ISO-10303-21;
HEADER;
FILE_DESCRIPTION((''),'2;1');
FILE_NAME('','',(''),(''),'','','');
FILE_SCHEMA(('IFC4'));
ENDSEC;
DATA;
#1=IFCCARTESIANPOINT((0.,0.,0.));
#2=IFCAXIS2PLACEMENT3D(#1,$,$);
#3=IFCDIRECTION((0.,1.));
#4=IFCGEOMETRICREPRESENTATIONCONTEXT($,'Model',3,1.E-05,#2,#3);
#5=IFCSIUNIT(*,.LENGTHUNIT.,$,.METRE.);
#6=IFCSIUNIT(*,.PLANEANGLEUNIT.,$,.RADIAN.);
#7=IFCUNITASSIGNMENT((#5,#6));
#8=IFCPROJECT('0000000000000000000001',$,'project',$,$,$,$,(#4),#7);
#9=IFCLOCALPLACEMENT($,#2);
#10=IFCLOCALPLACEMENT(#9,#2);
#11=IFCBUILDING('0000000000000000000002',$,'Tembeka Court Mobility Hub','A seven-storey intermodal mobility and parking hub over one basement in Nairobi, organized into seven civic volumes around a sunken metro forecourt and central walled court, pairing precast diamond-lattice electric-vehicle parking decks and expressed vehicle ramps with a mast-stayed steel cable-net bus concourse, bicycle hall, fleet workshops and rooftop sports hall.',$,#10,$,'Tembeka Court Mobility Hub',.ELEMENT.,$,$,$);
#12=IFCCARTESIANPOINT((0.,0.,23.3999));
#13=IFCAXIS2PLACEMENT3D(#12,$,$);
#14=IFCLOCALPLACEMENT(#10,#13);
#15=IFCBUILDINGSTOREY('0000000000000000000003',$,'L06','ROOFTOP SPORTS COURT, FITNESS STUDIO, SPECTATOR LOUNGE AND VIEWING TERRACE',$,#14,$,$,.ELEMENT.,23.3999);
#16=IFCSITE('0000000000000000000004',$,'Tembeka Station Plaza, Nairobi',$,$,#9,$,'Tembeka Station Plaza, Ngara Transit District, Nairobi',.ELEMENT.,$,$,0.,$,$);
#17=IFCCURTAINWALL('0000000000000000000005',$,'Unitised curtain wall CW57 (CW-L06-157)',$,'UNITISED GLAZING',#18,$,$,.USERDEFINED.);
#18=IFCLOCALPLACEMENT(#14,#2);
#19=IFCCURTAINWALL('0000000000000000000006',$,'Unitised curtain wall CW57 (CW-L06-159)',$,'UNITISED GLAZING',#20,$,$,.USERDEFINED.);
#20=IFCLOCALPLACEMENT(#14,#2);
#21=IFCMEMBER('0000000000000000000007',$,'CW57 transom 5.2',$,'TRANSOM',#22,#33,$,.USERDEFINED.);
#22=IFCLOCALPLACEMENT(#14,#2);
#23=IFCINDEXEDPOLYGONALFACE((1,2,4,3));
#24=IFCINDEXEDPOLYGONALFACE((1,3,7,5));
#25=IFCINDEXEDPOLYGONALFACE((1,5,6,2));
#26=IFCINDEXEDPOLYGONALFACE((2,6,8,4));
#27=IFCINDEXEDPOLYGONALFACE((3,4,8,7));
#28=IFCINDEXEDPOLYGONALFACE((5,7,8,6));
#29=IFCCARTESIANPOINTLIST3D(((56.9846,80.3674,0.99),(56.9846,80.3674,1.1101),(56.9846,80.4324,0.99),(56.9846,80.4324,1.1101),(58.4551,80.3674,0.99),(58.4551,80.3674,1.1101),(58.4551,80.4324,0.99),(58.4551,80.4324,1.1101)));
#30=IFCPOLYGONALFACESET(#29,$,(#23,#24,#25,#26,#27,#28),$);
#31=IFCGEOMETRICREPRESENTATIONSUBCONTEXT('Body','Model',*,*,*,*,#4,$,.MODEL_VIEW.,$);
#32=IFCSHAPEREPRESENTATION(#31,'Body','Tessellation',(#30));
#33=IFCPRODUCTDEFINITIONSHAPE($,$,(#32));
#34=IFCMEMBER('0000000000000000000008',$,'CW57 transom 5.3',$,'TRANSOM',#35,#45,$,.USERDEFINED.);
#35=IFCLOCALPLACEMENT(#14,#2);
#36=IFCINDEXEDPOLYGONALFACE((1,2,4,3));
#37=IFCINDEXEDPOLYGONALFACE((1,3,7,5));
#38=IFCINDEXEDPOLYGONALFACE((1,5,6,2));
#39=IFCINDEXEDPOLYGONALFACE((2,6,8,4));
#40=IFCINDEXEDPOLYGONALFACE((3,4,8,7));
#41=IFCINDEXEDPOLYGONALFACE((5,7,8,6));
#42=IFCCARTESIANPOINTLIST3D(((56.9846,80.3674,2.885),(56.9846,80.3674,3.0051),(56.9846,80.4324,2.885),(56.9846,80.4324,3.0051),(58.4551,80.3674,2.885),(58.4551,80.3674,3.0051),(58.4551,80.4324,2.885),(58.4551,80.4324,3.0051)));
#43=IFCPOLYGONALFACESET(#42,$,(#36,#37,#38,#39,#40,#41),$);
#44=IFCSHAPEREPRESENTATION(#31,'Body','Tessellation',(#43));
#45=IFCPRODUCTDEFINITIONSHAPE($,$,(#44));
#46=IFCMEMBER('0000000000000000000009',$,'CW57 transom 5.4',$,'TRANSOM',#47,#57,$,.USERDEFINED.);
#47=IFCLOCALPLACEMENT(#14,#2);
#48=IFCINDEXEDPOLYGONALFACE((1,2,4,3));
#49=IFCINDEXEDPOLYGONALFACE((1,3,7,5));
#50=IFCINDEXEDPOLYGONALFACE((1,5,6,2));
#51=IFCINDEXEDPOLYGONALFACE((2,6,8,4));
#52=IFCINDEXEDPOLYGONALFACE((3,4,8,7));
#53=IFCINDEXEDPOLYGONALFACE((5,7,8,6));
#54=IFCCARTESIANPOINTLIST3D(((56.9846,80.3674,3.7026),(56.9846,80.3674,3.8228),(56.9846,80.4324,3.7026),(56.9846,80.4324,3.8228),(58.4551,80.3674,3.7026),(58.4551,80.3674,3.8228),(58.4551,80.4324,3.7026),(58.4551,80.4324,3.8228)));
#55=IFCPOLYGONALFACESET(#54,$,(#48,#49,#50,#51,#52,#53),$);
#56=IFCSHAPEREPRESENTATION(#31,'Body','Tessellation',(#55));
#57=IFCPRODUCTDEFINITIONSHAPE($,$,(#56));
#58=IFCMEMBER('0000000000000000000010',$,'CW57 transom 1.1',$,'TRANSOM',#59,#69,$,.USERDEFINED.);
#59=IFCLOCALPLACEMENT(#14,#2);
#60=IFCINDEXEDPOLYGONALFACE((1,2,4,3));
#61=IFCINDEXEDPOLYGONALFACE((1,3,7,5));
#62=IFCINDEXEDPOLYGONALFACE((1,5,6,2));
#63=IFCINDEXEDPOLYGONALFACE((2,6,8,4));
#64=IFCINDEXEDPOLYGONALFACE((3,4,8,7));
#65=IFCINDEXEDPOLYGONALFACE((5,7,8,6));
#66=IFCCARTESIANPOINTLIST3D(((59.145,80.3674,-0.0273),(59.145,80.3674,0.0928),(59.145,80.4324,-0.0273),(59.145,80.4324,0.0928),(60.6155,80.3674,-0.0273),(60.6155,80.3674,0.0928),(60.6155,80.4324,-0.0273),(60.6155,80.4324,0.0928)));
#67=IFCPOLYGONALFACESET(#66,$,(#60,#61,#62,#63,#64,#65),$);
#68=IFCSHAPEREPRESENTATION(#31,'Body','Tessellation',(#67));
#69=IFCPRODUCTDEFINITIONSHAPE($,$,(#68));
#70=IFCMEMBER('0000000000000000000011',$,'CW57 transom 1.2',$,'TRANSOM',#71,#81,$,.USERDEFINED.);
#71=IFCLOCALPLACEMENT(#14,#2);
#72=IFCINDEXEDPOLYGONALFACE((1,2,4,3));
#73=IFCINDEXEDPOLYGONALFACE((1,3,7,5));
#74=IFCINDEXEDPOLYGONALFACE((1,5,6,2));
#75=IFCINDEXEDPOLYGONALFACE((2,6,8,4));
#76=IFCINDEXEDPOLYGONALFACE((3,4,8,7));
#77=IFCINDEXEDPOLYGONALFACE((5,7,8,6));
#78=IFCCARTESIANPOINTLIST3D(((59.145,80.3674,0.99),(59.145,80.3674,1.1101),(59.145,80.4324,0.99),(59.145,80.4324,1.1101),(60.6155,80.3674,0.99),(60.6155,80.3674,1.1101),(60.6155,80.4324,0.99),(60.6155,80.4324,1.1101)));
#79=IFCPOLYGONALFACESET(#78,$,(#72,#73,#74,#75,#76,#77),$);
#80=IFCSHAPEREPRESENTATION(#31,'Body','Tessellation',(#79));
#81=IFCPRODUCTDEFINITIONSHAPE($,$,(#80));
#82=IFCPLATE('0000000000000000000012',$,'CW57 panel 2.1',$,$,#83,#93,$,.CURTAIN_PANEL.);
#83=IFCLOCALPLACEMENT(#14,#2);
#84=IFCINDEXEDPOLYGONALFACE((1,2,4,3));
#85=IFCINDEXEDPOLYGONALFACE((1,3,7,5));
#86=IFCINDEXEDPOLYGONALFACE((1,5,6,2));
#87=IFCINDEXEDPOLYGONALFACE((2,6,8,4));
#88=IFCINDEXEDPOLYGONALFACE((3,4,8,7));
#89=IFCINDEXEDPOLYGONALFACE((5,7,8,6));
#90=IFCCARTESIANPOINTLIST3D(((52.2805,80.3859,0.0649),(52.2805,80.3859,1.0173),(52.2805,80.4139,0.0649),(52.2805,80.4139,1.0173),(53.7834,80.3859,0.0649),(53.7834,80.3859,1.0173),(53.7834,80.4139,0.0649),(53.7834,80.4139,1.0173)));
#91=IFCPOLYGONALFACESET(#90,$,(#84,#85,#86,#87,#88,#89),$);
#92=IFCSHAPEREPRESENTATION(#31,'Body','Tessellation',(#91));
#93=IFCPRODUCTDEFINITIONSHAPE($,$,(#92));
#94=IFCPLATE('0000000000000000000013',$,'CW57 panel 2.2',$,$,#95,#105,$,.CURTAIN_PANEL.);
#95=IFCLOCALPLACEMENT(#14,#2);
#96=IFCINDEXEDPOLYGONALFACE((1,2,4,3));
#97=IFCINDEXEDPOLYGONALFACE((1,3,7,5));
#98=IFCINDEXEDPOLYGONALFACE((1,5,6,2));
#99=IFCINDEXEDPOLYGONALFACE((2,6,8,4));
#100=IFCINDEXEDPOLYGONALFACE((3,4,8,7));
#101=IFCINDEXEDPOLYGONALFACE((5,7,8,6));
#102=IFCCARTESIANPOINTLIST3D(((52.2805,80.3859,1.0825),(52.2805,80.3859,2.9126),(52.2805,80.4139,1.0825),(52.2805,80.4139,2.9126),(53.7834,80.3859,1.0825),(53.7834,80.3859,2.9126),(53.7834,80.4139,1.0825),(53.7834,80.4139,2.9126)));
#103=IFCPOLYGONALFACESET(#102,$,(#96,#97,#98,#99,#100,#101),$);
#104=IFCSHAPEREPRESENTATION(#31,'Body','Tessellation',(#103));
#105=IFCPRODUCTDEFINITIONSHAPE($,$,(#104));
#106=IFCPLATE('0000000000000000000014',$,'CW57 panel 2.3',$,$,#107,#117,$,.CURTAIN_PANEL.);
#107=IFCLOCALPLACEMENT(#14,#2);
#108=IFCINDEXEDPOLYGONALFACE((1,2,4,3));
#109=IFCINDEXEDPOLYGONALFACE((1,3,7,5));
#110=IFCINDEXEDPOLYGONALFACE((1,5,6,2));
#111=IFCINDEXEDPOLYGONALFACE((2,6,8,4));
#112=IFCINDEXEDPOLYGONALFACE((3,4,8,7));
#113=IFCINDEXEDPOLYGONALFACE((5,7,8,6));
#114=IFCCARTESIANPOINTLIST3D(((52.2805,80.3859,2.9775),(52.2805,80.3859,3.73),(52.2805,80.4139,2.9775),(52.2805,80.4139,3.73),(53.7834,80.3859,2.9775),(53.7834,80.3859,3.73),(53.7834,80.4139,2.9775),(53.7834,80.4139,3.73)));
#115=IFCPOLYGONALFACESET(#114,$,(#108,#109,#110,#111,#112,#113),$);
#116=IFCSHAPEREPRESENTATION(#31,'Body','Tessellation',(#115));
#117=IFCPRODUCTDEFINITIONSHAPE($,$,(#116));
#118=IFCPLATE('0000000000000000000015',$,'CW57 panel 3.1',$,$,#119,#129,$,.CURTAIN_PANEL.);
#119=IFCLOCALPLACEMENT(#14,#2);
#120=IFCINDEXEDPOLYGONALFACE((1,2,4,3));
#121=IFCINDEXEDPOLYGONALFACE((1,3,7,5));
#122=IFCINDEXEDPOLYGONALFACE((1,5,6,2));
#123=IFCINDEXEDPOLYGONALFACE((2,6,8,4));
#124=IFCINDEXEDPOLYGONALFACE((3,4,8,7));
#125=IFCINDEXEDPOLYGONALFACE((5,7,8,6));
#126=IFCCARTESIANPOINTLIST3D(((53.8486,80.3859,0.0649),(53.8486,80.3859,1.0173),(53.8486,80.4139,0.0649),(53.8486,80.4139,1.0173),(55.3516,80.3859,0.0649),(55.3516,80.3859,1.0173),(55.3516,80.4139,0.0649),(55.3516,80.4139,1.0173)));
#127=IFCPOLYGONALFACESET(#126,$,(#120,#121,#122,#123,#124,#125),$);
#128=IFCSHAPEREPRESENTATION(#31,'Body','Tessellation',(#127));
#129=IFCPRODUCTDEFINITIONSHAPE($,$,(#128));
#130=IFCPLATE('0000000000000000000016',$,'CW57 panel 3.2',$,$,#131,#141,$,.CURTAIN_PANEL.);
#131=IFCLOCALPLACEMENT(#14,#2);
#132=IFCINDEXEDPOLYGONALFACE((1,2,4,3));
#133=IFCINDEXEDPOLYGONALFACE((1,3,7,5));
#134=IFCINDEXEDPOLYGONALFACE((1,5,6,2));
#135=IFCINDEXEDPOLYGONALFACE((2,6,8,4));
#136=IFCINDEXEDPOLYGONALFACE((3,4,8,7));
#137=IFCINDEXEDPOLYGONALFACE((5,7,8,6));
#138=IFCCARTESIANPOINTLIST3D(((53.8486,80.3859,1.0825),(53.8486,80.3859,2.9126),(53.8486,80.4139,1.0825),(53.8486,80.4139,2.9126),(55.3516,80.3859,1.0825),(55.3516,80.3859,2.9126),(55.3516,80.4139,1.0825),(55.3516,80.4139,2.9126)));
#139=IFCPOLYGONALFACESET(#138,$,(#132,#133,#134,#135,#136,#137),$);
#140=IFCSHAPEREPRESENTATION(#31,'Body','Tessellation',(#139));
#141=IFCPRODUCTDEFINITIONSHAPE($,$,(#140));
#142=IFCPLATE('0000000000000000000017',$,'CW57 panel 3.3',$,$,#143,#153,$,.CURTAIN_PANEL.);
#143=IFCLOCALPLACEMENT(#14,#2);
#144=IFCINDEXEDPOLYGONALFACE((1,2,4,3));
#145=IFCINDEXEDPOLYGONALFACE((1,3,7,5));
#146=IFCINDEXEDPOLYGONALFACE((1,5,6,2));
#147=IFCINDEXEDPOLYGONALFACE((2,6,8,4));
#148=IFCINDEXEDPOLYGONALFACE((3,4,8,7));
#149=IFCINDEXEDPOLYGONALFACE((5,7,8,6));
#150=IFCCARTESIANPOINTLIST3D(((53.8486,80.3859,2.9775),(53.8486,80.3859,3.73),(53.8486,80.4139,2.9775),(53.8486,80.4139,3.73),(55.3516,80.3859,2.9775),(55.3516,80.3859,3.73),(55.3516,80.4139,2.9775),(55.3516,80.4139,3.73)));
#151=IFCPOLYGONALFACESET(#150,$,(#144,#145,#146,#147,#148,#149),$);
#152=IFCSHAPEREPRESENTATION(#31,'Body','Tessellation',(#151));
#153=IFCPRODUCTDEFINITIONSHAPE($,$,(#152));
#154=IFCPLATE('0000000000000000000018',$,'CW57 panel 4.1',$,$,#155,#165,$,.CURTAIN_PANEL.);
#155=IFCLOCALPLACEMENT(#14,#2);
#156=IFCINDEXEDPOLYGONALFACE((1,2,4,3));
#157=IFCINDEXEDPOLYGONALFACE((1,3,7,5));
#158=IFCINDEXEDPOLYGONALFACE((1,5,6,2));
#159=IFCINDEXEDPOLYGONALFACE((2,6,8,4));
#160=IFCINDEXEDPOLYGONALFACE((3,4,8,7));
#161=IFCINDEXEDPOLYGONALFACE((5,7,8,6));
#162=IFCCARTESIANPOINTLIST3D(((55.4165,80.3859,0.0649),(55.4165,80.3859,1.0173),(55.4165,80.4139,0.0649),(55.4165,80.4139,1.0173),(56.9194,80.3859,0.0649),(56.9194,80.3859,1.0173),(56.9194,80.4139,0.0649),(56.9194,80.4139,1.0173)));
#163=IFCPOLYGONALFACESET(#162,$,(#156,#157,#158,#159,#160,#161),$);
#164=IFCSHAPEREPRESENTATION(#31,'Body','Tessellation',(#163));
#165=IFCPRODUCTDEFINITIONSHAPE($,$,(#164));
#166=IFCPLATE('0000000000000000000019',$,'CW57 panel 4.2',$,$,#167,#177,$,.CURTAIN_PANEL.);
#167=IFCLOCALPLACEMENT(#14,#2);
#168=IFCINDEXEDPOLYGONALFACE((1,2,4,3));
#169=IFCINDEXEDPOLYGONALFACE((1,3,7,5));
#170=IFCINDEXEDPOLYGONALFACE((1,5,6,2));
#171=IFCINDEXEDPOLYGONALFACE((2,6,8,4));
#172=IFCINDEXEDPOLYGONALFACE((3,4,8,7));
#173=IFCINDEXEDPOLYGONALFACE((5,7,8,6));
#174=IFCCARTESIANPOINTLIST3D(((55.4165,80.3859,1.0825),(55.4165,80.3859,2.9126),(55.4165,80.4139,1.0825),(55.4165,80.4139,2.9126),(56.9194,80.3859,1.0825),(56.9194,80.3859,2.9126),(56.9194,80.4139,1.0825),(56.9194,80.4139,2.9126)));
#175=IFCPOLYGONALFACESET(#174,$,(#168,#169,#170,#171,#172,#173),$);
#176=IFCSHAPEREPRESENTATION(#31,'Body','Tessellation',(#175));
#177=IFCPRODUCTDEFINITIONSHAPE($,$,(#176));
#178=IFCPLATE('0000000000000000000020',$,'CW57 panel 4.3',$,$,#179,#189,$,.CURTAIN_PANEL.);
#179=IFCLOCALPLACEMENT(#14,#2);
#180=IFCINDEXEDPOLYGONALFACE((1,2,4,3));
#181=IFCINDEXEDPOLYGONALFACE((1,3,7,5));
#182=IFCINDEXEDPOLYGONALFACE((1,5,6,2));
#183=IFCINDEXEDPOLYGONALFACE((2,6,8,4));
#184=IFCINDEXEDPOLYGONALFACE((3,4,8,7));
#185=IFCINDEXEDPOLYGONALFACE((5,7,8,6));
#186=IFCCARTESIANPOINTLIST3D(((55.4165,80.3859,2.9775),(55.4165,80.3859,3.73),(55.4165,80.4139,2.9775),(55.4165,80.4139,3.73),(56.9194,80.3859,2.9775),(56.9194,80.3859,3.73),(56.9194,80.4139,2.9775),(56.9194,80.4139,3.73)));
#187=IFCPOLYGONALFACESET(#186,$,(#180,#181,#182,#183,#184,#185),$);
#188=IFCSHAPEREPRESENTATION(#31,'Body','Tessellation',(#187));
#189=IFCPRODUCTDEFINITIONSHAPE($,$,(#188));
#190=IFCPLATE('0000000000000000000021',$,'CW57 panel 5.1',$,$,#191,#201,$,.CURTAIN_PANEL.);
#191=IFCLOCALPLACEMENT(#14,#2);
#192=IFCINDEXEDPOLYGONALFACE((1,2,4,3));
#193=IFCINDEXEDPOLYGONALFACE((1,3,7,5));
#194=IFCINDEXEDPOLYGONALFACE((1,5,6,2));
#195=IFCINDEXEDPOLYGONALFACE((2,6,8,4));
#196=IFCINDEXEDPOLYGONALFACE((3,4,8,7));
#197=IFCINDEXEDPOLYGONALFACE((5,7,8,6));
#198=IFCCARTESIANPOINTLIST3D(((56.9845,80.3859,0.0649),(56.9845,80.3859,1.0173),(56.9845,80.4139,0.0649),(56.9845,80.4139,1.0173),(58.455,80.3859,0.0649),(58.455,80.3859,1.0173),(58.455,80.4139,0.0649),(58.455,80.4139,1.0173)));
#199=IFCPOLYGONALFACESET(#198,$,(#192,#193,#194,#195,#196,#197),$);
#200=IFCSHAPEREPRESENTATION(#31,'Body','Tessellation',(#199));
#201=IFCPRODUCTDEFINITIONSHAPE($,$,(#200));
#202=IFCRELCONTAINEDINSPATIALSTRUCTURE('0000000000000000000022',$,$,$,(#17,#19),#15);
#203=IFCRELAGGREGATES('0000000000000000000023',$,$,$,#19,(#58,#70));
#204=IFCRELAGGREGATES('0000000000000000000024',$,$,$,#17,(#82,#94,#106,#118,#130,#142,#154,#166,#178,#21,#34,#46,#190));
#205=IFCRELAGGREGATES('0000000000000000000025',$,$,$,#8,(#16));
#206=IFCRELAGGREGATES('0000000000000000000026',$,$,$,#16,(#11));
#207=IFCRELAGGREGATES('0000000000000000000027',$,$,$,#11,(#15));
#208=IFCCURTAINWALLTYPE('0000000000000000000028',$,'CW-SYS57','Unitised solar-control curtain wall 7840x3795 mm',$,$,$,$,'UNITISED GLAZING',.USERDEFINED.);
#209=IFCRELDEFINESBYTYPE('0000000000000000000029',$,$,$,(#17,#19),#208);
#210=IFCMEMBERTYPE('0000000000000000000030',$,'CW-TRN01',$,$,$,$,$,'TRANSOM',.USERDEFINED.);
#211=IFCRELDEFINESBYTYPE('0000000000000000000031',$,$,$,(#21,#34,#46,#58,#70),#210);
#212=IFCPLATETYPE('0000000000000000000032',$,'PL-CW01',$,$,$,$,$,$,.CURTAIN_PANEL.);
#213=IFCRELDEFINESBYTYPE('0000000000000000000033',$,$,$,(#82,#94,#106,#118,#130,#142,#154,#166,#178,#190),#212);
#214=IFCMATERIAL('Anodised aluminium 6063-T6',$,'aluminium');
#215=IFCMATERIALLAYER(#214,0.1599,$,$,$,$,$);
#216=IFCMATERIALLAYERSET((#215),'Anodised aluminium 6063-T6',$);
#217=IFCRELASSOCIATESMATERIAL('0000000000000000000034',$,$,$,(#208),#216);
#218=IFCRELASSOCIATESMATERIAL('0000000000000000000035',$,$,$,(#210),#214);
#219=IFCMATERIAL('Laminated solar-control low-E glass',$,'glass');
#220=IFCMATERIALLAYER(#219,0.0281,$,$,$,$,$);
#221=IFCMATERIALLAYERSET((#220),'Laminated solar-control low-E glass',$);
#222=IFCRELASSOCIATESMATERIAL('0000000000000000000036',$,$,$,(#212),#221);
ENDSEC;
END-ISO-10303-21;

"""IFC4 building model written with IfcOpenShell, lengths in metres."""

from ifc_helpers import new_model, si_unit, direction, frame, origin, origin_2d, place, context, subcontext, project, spatial, rectangle, extrude, material, layer, layer_set, material_profile, profile_set, type_object, element, aggregate, save


model = new_model("IFC4")

# Units and contexts
model_context = context("Model", 3, precision=1e-05, world=origin(), true_north=direction((0.0, 1.0)))
body_context = subcontext(model_context, "Body", "Model", "MODEL_VIEW")
ifc_project = project(units=[si_unit("LENGTHUNIT", "METRE"), si_unit("PLANEANGLEUNIT", "RADIAN")], contexts=[model_context])

# Site, building, storey
site_placement = place(None, origin())
site = spatial("IfcSite", under=ifc_project, at=site_placement, Name="Tembeka Station Plaza, Nairobi", LongName="Tembeka Station Plaza, Ngara Transit District, Nairobi", CompositionType="ELEMENT", RefElevation=0.0)
building_placement = place(site_placement, origin())
building = spatial("IfcBuilding", under=site, at=building_placement, Name="Tembeka Court Mobility Hub", Description="A seven-storey intermodal mobility and parking hub over one basement in Nairobi, organized into seven civic volumes around a sunken metro forecourt and central walled court, pairing precast diamond-lattice electric-vehicle parking decks and expressed vehicle ramps with a mast-stayed steel cable-net bus concourse, bicycle hall, fleet workshops and rooftop sports hall.", LongName="Tembeka Court Mobility Hub", CompositionType="ELEMENT")
storey_placement = place(building_placement, frame((0.0, 0.0, 23.3999)))
storey = spatial("IfcBuildingStorey", under=building, at=storey_placement, Name="L06", Description="ROOFTOP SPORTS COURT, FITNESS STUDIO, SPECTATOR LOUNGE AND VIEWING TERRACE", CompositionType="ELEMENT", Elevation=23.3999)

# Curtain wall
ifc_material_1 = material(Name="Anodised aluminium 6063-T6", Category="aluminium")
ifc_layer_1 = layer(ifc_material_1, 0.1599)
ifc_layer_set_1 = layer_set([ifc_layer_1], Name="Anodised aluminium 6063-T6")
curtain_wall_type = type_object("IfcCurtainWallType", Name="CW-SYS57", Description="Unitised solar-control curtain wall 7840x3795 mm", ElementType="UNITISED GLAZING", PredefinedType="USERDEFINED", material=ifc_layer_set_1)
curtain_wall_1_placement = place(storey_placement, origin())
curtain_wall_1 = element("IfcCurtainWall", 1, at=curtain_wall_1_placement, inside=storey, type_object=curtain_wall_type, Name="Unitised curtain wall CW57 (CW-L06-157)", ObjectType="UNITISED GLAZING", PredefinedType="USERDEFINED")

# Curtain wall
curtain_wall_2_placement = place(storey_placement, origin())
curtain_wall_2 = element("IfcCurtainWall", 2, at=curtain_wall_2_placement, inside=storey, type_object=curtain_wall_type, Name="Unitised curtain wall CW57 (CW-L06-159)", ObjectType="UNITISED GLAZING", PredefinedType="USERDEFINED")

# Members
ifc_material_profile_1 = material_profile(ifc_material_1, rectangle(XDim=0.0649, YDim=0.1201, at=origin_2d()), Name="ALU-TRN 65x120")
ifc_profile_set_1 = profile_set([ifc_material_profile_1], Name="Anodised aluminium 6063-T6")
member_type_1 = type_object("IfcMemberType", Name="CW-TRN01", ElementType="TRANSOM", PredefinedType="USERDEFINED", material=ifc_profile_set_1)
member_1_placement = place(storey_placement, frame((56.9846, 80.3999, 1.05), z_axis=(1.0, 0.0, 0.0), x_axis=(0.0, 1.0, 0.0)))
member_1 = element("IfcMember", 3, at=member_1_placement, type_object=member_type_1, Name="CW57 transom 5.2", ObjectType="TRANSOM", PredefinedType="USERDEFINED", context=body_context, shape_type="SweptSolid", body=[
    extrude(rectangle(XDim=0.0649, YDim=0.1201, at=origin_2d()), origin(), (0.0, 0.0, 1.0), 1.4705),
])
member_2_placement = place(storey_placement, frame((56.9846, 80.3999, 2.9451), z_axis=(1.0, 0.0, 0.0), x_axis=(0.0, 1.0, 0.0)))
member_2 = element("IfcMember", 4, at=member_2_placement, type_object=member_type_1, Name="CW57 transom 5.3", ObjectType="TRANSOM", PredefinedType="USERDEFINED", context=body_context, shape_type="SweptSolid", body=[
    extrude(rectangle(XDim=0.0649, YDim=0.1201, at=origin_2d()), origin(), (0.0, 0.0, 1.0), 1.4705),
])
member_3_placement = place(storey_placement, frame((56.9846, 80.3999, 3.7627), z_axis=(1.0, 0.0, 0.0), x_axis=(0.0, 1.0, 0.0)))
member_3 = element("IfcMember", 5, at=member_3_placement, type_object=member_type_1, Name="CW57 transom 5.4", ObjectType="TRANSOM", PredefinedType="USERDEFINED", context=body_context, shape_type="SweptSolid", body=[
    extrude(rectangle(XDim=0.0649, YDim=0.1201, at=origin_2d()), origin(), (0.0, 0.0, 1.0), 1.4705),
])
member_4_placement = place(storey_placement, frame((59.145, 80.3999, 0.0327), z_axis=(1.0, 0.0, 0.0), x_axis=(0.0, 1.0, 0.0)))
member_4 = element("IfcMember", 6, at=member_4_placement, type_object=member_type_1, Name="CW57 transom 1.1", ObjectType="TRANSOM", PredefinedType="USERDEFINED", context=body_context, shape_type="SweptSolid", body=[
    extrude(rectangle(XDim=0.0649, YDim=0.1201, at=origin_2d()), origin(), (0.0, 0.0, 1.0), 1.4705),
])
member_5_placement = place(storey_placement, frame((59.145, 80.3999, 1.05), z_axis=(1.0, 0.0, 0.0), x_axis=(0.0, 1.0, 0.0)))
member_5 = element("IfcMember", 7, at=member_5_placement, type_object=member_type_1, Name="CW57 transom 1.2", ObjectType="TRANSOM", PredefinedType="USERDEFINED", context=body_context, shape_type="SweptSolid", body=[
    extrude(rectangle(XDim=0.0649, YDim=0.1201, at=origin_2d()), origin(), (0.0, 0.0, 1.0), 1.4705),
])
aggregate(curtain_wall_2, [member_4, member_5])

# Plates
ifc_material_2 = material(Name="Laminated solar-control low-E glass", Category="glass")
ifc_layer_2 = layer(ifc_material_2, 0.0281)
ifc_layer_set_2 = layer_set([ifc_layer_2], Name="Laminated solar-control low-E glass")
plate_type = type_object("IfcPlateType", Name="PL-CW01", PredefinedType="CURTAIN_PANEL", material=ifc_layer_set_2)
plate_1_placement = place(storey_placement, frame((53.032, 80.3999, 0.0649), z_axis=(0.0, 0.0, 1.0), x_axis=(1.0, 0.0, 0.0)))
plate_1 = element("IfcPlate", 8, at=plate_1_placement, type_object=plate_type, Name="CW57 panel 2.1", PredefinedType="CURTAIN_PANEL", context=body_context, shape_type="SweptSolid", body=[
    extrude(rectangle(XDim=1.5029, YDim=0.0281, at=origin_2d()), origin(), (0.0, 0.0, 1.0), 0.9524),
])
plate_2_placement = place(storey_placement, frame((53.032, 80.3999, 1.0825), z_axis=(0.0, 0.0, 1.0), x_axis=(1.0, 0.0, 0.0)))
plate_2 = element("IfcPlate", 9, at=plate_2_placement, type_object=plate_type, Name="CW57 panel 2.2", PredefinedType="CURTAIN_PANEL", context=body_context, shape_type="SweptSolid", body=[
    extrude(rectangle(XDim=1.5029, YDim=0.0281, at=origin_2d()), origin(), (0.0, 0.0, 1.0), 1.8301),
])
plate_3_placement = place(storey_placement, frame((53.032, 80.3999, 2.9775), z_axis=(0.0, 0.0, 1.0), x_axis=(1.0, 0.0, 0.0)))
plate_3 = element("IfcPlate", 10, at=plate_3_placement, type_object=plate_type, Name="CW57 panel 2.3", PredefinedType="CURTAIN_PANEL", context=body_context, shape_type="SweptSolid", body=[
    extrude(rectangle(XDim=1.5029, YDim=0.0281, at=origin_2d()), origin(), (0.0, 0.0, 1.0), 0.7524),
])
plate_4_placement = place(storey_placement, frame((54.6001, 80.3999, 0.0649), z_axis=(0.0, 0.0, 1.0), x_axis=(1.0, 0.0, 0.0)))
plate_4 = element("IfcPlate", 11, at=plate_4_placement, type_object=plate_type, Name="CW57 panel 3.1", PredefinedType="CURTAIN_PANEL", context=body_context, shape_type="SweptSolid", body=[
    extrude(rectangle(XDim=1.5029, YDim=0.0281, at=origin_2d()), origin(), (0.0, 0.0, 1.0), 0.9524),
])
plate_5_placement = place(storey_placement, frame((54.6001, 80.3999, 1.0825), z_axis=(0.0, 0.0, 1.0), x_axis=(1.0, 0.0, 0.0)))
plate_5 = element("IfcPlate", 12, at=plate_5_placement, type_object=plate_type, Name="CW57 panel 3.2", PredefinedType="CURTAIN_PANEL", context=body_context, shape_type="SweptSolid", body=[
    extrude(rectangle(XDim=1.5029, YDim=0.0281, at=origin_2d()), origin(), (0.0, 0.0, 1.0), 1.8301),
])
plate_6_placement = place(storey_placement, frame((54.6001, 80.3999, 2.9775), z_axis=(0.0, 0.0, 1.0), x_axis=(1.0, 0.0, 0.0)))
plate_6 = element("IfcPlate", 13, at=plate_6_placement, type_object=plate_type, Name="CW57 panel 3.3", PredefinedType="CURTAIN_PANEL", context=body_context, shape_type="SweptSolid", body=[
    extrude(rectangle(XDim=1.5029, YDim=0.0281, at=origin_2d()), origin(), (0.0, 0.0, 1.0), 0.7524),
])
plate_7_placement = place(storey_placement, frame((56.168, 80.3999, 0.0649), z_axis=(0.0, 0.0, 1.0), x_axis=(1.0, 0.0, 0.0)))
plate_7 = element("IfcPlate", 14, at=plate_7_placement, type_object=plate_type, Name="CW57 panel 4.1", PredefinedType="CURTAIN_PANEL", context=body_context, shape_type="SweptSolid", body=[
    extrude(rectangle(XDim=1.5029, YDim=0.0281, at=origin_2d()), origin(), (0.0, 0.0, 1.0), 0.9524),
])
plate_8_placement = place(storey_placement, frame((56.168, 80.3999, 1.0825), z_axis=(0.0, 0.0, 1.0), x_axis=(1.0, 0.0, 0.0)))
plate_8 = element("IfcPlate", 15, at=plate_8_placement, type_object=plate_type, Name="CW57 panel 4.2", PredefinedType="CURTAIN_PANEL", context=body_context, shape_type="SweptSolid", body=[
    extrude(rectangle(XDim=1.5029, YDim=0.0281, at=origin_2d()), origin(), (0.0, 0.0, 1.0), 1.8301),
])
plate_9_placement = place(storey_placement, frame((56.168, 80.3999, 2.9775), z_axis=(0.0, 0.0, 1.0), x_axis=(1.0, 0.0, 0.0)))
plate_9 = element("IfcPlate", 16, at=plate_9_placement, type_object=plate_type, Name="CW57 panel 4.3", PredefinedType="CURTAIN_PANEL", context=body_context, shape_type="SweptSolid", body=[
    extrude(rectangle(XDim=1.5029, YDim=0.0281, at=origin_2d()), origin(), (0.0, 0.0, 1.0), 0.7524),
])
plate_10_placement = place(storey_placement, frame((57.7197, 80.3999, 0.0649), z_axis=(0.0, 0.0, 1.0), x_axis=(1.0, 0.0, 0.0)))
plate_10 = element("IfcPlate", 17, at=plate_10_placement, type_object=plate_type, Name="CW57 panel 5.1", PredefinedType="CURTAIN_PANEL", context=body_context, shape_type="SweptSolid", body=[
    extrude(rectangle(XDim=1.4705, YDim=0.0281, at=origin_2d()), origin(), (0.0, 0.0, 1.0), 0.9524),
])
aggregate(curtain_wall_1, [plate_1, plate_2, plate_3, plate_4, plate_5, plate_6, plate_7, plate_8, plate_9, member_1, member_2, member_3, plate_10])

save(model, "model.ifc")
